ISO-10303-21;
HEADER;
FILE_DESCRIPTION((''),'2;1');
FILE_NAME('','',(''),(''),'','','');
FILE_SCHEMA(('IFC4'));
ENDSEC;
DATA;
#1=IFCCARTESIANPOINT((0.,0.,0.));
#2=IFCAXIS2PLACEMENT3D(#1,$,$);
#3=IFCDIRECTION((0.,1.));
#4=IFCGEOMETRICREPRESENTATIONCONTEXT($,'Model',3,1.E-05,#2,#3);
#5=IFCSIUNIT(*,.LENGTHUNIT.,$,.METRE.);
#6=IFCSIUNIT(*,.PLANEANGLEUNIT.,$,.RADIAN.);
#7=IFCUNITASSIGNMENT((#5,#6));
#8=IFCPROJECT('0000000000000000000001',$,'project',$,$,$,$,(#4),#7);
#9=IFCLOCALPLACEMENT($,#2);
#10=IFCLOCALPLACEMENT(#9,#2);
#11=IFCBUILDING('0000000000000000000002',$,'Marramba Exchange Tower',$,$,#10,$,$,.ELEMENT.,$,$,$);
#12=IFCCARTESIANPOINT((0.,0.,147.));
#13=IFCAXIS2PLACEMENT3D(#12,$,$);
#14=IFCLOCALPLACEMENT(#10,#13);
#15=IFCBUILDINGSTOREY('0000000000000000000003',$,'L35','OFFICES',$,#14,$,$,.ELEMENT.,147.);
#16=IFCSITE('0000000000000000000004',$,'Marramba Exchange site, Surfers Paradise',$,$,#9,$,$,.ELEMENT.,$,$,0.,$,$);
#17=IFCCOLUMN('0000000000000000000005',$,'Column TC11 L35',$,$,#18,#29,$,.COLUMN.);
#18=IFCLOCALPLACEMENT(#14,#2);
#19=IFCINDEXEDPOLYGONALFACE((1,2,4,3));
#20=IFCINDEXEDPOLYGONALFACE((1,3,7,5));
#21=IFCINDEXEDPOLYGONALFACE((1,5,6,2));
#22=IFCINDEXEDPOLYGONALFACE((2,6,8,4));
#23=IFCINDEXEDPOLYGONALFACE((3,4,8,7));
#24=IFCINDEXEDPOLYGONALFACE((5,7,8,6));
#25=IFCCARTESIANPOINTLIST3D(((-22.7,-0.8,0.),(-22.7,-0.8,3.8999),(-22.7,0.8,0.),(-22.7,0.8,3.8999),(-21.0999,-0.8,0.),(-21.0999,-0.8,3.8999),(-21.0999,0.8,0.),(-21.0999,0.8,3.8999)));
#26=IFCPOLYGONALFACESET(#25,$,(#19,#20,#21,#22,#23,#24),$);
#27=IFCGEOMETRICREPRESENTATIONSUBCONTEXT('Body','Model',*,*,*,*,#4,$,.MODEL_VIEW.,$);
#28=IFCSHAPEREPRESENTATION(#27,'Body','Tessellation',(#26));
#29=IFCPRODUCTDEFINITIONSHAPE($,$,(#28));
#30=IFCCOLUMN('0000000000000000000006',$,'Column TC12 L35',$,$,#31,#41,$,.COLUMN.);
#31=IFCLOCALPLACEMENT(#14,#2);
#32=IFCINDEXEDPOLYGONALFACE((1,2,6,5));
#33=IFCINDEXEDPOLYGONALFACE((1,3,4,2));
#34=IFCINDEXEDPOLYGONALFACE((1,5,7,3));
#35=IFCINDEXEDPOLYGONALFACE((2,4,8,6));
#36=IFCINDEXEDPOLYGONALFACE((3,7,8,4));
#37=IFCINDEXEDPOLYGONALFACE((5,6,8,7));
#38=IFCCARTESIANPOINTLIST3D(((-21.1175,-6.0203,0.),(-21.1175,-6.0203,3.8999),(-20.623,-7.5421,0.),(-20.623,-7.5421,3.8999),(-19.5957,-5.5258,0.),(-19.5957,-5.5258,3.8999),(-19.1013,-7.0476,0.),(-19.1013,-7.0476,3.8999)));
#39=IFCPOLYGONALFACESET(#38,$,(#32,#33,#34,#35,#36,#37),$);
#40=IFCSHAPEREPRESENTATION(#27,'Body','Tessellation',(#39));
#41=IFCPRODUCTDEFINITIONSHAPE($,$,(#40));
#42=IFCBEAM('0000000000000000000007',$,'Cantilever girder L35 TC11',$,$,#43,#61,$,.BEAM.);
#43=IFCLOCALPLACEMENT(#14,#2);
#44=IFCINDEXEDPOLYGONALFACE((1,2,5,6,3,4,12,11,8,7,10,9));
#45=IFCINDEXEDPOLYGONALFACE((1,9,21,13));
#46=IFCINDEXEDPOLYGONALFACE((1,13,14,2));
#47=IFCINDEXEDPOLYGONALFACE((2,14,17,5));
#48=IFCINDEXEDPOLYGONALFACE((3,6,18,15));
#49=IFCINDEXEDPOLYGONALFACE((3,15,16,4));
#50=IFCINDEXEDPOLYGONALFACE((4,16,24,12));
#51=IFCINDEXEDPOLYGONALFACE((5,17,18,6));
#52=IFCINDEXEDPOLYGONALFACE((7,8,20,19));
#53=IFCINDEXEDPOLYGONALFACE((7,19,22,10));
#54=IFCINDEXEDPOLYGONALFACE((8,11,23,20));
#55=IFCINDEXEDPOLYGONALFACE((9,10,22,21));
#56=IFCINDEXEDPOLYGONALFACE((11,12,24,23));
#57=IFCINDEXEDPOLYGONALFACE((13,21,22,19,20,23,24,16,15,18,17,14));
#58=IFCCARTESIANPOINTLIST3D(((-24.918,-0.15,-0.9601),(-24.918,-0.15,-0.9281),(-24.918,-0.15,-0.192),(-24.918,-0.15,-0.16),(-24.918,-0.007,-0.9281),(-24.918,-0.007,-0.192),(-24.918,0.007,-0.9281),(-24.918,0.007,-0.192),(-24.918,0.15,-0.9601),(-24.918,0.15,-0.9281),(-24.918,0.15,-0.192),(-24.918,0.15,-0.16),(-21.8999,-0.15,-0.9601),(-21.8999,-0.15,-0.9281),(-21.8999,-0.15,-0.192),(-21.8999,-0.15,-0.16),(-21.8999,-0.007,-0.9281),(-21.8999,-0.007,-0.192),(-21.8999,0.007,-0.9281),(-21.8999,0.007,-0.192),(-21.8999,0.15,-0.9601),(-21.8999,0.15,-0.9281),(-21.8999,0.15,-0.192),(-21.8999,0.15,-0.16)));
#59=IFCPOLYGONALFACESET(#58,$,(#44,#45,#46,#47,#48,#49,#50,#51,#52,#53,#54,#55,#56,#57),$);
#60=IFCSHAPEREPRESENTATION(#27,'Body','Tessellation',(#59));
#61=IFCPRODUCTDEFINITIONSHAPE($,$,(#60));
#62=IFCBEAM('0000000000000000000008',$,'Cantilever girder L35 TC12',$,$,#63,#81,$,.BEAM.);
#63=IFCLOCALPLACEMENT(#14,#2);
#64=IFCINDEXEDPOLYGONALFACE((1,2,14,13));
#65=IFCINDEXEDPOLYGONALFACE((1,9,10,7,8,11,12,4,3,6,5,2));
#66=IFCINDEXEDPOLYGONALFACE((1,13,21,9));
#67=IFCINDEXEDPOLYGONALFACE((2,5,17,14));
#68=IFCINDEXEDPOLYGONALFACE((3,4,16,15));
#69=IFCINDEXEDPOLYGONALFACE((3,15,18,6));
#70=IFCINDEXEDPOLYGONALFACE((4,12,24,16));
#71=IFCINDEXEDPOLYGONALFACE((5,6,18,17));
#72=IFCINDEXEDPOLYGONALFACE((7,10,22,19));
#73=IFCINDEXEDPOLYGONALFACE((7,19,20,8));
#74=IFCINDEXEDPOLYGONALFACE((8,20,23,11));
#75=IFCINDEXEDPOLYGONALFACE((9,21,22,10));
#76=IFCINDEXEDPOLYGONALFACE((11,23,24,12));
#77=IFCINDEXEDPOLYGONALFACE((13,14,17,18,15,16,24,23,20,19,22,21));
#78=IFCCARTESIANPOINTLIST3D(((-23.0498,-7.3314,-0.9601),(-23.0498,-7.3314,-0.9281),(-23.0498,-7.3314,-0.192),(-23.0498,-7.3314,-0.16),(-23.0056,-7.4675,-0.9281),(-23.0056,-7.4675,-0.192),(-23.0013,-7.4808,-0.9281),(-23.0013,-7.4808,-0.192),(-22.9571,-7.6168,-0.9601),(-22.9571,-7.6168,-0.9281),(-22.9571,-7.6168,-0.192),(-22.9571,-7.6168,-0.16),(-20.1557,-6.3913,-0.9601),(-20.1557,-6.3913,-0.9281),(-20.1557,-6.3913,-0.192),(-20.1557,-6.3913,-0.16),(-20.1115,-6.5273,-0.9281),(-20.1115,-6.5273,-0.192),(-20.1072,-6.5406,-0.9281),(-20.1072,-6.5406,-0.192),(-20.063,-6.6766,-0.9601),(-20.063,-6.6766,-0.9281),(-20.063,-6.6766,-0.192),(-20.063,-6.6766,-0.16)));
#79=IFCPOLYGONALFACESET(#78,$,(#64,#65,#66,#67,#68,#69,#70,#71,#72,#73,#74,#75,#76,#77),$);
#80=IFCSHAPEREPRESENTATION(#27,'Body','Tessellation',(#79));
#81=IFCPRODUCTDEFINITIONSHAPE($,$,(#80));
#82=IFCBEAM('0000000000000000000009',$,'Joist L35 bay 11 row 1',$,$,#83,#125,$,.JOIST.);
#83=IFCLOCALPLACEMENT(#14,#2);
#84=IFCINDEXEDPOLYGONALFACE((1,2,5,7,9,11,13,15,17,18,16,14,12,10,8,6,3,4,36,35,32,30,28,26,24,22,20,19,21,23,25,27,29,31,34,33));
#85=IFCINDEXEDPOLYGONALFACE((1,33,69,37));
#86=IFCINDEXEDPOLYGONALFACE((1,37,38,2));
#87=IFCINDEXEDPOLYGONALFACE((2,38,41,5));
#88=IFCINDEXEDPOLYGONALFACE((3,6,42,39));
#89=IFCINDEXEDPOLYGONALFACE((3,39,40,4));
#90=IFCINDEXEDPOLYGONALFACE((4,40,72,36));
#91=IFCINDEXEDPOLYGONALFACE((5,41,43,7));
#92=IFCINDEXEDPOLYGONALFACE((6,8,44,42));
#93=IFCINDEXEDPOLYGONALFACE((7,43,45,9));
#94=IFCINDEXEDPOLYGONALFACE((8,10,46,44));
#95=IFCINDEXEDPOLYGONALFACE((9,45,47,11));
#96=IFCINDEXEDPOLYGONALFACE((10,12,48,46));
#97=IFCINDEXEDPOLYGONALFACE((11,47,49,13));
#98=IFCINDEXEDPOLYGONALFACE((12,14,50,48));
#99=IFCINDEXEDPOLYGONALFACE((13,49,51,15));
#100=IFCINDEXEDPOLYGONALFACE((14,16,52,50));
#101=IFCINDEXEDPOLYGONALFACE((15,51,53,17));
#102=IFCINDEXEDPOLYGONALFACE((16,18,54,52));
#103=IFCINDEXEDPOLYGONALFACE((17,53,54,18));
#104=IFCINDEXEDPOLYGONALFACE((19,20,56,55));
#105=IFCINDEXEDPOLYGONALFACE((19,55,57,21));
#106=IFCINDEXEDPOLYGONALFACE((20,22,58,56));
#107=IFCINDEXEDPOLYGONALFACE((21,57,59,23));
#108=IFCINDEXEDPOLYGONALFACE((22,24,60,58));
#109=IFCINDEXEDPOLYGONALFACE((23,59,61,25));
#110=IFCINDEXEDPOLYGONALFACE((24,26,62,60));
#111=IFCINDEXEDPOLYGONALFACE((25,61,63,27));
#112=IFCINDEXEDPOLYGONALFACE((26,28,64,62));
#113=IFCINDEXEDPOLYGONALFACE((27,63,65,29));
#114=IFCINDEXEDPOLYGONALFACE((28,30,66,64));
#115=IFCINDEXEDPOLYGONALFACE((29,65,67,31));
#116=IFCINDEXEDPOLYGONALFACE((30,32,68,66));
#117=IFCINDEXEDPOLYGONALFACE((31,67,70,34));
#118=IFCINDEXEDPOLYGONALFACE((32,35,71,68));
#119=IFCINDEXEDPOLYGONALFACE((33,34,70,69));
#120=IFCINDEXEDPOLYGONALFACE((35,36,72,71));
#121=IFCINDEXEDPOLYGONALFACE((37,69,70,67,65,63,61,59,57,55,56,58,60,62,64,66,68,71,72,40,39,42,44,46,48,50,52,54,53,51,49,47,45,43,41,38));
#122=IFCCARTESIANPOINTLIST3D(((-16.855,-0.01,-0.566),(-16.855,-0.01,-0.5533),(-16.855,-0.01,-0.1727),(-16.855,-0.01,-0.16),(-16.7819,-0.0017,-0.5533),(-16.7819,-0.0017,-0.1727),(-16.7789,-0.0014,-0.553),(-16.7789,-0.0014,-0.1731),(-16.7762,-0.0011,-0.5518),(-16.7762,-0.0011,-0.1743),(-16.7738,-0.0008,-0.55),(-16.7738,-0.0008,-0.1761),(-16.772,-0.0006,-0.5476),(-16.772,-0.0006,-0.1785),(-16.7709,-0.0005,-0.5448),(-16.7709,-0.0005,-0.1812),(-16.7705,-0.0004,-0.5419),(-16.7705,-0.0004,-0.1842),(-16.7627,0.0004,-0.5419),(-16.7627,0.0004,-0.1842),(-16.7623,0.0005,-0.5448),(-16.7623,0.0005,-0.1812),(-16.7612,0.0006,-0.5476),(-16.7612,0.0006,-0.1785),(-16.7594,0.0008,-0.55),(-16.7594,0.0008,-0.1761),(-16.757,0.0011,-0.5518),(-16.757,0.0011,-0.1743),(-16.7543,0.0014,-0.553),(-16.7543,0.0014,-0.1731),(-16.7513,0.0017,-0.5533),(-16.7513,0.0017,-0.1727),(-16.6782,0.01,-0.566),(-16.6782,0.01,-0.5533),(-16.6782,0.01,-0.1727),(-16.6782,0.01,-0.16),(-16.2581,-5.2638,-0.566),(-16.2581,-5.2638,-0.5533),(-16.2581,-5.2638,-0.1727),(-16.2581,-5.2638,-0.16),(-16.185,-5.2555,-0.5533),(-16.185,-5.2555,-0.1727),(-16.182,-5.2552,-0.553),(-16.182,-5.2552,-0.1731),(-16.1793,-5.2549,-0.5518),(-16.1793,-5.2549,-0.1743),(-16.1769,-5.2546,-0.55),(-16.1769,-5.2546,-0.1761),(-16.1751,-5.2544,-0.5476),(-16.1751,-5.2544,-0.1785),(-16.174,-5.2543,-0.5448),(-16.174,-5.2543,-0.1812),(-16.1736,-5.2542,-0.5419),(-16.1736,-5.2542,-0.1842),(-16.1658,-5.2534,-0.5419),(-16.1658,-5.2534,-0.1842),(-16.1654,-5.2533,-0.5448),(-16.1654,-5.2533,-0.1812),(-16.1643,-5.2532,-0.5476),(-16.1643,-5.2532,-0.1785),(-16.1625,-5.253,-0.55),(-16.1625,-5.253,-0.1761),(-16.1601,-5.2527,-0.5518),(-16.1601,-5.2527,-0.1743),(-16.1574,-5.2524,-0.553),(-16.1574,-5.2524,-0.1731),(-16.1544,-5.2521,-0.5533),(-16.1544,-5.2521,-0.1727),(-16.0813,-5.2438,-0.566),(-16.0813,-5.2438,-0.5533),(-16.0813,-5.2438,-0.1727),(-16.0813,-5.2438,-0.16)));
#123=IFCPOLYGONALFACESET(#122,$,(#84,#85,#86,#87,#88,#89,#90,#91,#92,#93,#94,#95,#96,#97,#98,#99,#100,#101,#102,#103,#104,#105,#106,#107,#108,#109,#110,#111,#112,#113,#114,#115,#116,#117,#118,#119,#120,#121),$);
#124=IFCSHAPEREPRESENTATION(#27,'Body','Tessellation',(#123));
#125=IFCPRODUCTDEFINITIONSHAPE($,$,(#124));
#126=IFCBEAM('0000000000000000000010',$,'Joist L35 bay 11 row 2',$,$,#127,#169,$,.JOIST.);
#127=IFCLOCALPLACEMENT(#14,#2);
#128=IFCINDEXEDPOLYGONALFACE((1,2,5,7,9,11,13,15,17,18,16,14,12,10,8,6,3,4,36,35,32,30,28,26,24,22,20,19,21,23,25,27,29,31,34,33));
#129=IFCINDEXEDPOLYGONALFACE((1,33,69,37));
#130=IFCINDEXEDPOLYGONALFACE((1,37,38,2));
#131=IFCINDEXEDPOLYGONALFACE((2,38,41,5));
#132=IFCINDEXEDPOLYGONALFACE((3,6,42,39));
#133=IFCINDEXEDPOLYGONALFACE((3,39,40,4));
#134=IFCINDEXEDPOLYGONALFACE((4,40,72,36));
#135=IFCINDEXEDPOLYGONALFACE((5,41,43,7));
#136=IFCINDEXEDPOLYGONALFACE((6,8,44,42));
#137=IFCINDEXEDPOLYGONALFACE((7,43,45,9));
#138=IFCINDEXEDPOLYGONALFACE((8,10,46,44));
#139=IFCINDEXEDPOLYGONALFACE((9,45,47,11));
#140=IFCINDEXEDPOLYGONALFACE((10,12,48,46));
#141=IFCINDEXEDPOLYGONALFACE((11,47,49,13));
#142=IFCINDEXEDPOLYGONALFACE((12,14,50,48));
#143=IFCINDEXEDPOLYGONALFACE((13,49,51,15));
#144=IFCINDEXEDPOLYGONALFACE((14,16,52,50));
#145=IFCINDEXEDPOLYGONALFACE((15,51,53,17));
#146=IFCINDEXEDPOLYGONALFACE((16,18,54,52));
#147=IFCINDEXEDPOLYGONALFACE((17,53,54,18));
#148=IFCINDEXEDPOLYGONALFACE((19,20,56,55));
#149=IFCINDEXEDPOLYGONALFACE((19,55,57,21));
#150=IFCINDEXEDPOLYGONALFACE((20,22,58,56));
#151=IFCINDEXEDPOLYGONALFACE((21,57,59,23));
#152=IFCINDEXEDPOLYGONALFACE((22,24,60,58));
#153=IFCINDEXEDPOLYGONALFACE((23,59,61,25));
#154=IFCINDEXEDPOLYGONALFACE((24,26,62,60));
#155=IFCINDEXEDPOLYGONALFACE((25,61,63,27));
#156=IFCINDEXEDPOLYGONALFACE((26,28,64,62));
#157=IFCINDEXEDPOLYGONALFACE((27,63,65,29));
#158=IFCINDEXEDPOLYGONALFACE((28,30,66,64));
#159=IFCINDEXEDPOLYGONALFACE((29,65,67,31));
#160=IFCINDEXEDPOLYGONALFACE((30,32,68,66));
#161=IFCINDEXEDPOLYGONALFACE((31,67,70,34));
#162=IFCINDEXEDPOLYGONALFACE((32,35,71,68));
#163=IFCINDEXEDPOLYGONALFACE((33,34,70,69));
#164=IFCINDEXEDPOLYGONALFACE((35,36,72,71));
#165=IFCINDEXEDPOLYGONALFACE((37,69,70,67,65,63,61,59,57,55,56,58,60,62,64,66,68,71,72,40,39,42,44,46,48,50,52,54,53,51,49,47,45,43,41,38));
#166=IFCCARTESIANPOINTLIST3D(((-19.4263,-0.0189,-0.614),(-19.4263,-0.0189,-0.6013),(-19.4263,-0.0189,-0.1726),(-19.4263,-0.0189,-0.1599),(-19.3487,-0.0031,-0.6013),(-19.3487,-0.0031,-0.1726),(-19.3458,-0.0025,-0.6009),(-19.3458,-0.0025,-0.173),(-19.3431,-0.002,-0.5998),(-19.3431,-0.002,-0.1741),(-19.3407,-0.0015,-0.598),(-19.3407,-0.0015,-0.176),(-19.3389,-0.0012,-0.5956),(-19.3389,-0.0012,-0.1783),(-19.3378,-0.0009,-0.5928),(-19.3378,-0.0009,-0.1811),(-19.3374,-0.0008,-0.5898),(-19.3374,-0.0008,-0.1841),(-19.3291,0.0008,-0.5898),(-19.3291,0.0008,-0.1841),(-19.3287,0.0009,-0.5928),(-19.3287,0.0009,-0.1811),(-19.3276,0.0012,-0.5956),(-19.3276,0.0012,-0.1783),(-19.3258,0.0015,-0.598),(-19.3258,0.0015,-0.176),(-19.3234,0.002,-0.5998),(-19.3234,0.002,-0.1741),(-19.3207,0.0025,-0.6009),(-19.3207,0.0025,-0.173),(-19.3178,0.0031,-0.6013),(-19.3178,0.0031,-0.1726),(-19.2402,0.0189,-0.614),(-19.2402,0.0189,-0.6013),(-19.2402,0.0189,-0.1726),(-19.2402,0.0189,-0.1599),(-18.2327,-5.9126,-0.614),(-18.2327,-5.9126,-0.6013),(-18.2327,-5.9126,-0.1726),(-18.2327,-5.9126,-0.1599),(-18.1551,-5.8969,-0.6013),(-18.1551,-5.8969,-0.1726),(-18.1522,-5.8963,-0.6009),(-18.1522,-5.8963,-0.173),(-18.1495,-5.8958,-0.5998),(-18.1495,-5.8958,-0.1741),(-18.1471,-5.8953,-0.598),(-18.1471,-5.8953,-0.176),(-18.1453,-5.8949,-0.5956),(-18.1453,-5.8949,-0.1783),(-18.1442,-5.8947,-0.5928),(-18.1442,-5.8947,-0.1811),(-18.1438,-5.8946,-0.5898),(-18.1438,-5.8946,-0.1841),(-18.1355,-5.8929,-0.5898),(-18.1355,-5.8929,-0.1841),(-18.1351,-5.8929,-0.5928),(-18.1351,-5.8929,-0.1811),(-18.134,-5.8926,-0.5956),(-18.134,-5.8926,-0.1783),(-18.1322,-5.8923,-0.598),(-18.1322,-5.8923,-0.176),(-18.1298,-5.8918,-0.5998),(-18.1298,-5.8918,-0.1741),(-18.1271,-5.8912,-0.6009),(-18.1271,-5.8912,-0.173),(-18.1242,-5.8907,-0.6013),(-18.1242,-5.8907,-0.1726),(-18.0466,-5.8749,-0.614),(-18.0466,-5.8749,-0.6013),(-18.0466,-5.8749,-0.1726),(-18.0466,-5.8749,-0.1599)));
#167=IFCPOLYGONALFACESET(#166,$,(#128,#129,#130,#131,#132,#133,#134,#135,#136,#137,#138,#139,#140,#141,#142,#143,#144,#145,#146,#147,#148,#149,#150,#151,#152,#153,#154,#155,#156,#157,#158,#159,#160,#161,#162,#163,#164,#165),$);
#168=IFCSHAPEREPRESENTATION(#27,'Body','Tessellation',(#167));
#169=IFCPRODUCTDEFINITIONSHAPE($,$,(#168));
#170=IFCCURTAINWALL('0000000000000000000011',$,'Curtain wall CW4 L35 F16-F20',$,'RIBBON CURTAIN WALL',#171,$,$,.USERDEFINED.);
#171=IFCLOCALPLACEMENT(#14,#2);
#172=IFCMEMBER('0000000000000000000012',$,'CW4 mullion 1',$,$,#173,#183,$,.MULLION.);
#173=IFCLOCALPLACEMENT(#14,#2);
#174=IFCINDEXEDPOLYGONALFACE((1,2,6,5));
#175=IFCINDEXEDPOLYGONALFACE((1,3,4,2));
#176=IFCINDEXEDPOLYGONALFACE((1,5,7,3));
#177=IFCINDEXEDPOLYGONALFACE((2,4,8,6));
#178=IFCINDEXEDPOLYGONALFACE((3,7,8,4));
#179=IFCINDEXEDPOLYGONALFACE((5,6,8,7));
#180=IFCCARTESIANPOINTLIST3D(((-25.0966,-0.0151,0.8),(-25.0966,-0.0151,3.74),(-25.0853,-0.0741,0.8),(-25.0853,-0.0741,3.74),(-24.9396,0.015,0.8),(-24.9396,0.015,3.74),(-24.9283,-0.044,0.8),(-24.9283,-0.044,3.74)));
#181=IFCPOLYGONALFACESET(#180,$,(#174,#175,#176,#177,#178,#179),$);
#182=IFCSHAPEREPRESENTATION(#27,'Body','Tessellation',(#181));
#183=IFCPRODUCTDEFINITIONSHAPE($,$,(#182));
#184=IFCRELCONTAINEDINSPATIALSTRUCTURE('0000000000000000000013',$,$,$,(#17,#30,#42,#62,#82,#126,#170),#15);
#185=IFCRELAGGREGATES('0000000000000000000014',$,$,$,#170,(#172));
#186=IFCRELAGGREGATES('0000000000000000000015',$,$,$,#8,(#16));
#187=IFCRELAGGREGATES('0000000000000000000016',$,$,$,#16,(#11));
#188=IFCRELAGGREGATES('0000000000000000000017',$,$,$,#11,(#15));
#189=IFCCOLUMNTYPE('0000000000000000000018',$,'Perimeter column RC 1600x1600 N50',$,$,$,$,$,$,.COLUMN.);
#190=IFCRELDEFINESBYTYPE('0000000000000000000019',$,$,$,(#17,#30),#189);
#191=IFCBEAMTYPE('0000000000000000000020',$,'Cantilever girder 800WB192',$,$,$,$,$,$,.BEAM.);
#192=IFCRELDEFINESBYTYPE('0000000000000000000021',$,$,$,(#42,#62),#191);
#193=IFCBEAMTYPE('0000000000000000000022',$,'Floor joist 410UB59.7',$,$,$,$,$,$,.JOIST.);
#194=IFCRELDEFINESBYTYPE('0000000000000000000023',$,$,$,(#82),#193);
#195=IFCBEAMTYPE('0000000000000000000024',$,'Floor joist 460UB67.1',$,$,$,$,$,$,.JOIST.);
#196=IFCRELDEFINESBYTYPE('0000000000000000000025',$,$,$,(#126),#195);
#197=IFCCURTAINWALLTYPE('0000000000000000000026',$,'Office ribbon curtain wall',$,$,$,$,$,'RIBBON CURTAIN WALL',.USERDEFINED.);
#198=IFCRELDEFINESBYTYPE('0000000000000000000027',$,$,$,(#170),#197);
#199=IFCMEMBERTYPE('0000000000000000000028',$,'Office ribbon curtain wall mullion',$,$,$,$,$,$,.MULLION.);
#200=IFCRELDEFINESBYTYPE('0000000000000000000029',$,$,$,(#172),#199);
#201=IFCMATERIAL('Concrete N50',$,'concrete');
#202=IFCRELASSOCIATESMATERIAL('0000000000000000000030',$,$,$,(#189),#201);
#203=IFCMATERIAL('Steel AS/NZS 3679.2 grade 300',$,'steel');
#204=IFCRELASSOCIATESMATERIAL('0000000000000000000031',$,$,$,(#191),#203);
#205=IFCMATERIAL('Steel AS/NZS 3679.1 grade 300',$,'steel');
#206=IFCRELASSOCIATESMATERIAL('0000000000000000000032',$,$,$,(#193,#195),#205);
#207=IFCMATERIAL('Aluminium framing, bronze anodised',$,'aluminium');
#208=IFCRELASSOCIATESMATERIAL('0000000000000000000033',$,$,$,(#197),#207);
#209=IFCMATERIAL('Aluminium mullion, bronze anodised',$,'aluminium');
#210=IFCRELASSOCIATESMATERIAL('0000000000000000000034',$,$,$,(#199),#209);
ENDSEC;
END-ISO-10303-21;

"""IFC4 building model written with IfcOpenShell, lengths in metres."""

from ifc_helpers import new_model, si_unit, direction, frame, origin, origin_2d, place, context, subcontext, project, spatial, rectangle, i_section, extrude, material, material_profile, profile_set, type_object, element, aggregate, save


model = new_model("IFC4")

# Units and contexts
model_context = context("Model", 3, precision=1e-05, world=origin(), true_north=direction((0.0, 1.0)))
body_context = subcontext(model_context, "Body", "Model", "MODEL_VIEW")
ifc_project = project(units=[si_unit("LENGTHUNIT", "METRE"), si_unit("PLANEANGLEUNIT", "RADIAN")], contexts=[model_context])

# Site, building, storey
site_placement = place(None, origin())
site = spatial("IfcSite", under=ifc_project, at=site_placement, Name="Marramba Exchange site, Surfers Paradise", CompositionType="ELEMENT", RefElevation=0.0)
building_placement = place(site_placement, origin())
building = spatial("IfcBuilding", under=site, at=building_placement, Name="Marramba Exchange Tower", CompositionType="ELEMENT")
storey_placement = place(building_placement, frame((0.0, 0.0, 147.0)))
storey = spatial("IfcBuildingStorey", under=building, at=storey_placement, Name="L35", Description="OFFICES", CompositionType="ELEMENT", Elevation=147.0)

# Columns
ifc_material_1 = material(Name="Concrete N50", Category="concrete")
ifc_material_profile_1 = material_profile(ifc_material_1, rectangle(XDim=1.6001, YDim=1.6001, at=origin_2d()), Name="RC 1600x1600")
ifc_profile_set_1 = profile_set([ifc_material_profile_1], Name="Concrete N50")
column_type = type_object("IfcColumnType", Name="Perimeter column RC 1600x1600 N50", PredefinedType="COLUMN", material=ifc_profile_set_1)
for number, where, z_axis, x_axis, name in (
    (1, (-21.8999, 0.0, 0.0), (0.0, 0.0, 1.0), (-1.0, 0.0, 0.0), "Column TC11 L35"),
    (2, (-20.1094, -6.5339, 0.0), (0.0, 0.0, 1.0), (-0.951057, -0.309017, 0.0), "Column TC12 L35"),
):
    element("IfcColumn", number, at=place(storey_placement, frame(where, z_axis=z_axis, x_axis=x_axis)), inside=storey, type_object=column_type, Name=name, PredefinedType="COLUMN", context=body_context, shape_type="SweptSolid", body=[
        extrude(rectangle(XDim=1.6001, YDim=1.6001, at=origin_2d()), origin(), (0.0, 0.0, 1.0), 3.8999),
    ])

# Beams
ifc_material_2 = material(Name="Steel AS/NZS 3679.2 grade 300", Category="steel")
ifc_material_profile_2 = material_profile(ifc_material_2, i_section(OverallWidth=0.3, OverallDepth=0.8, WebThickness=0.0139, FlangeThickness=0.032, at=origin_2d()), Name="800WB192")
ifc_profile_set_2 = profile_set([ifc_material_profile_2], Name="Steel AS/NZS 3679.2 grade 300")
beam_type_1 = type_object("IfcBeamType", Name="Cantilever girder 800WB192", PredefinedType="BEAM", material=ifc_profile_set_2)
beam_1_placement = place(storey_placement, frame((-21.8999, 0.0, -0.5601), z_axis=(-1.0, 0.0, 0.0), x_axis=(0.0, -1.0, 0.0)))
element("IfcBeam", 3, at=beam_1_placement, inside=storey, type_object=beam_type_1, Name="Cantilever girder L35 TC11", PredefinedType="BEAM", context=body_context, shape_type="SweptSolid", body=[
    extrude(i_section(OverallWidth=0.3, OverallDepth=0.8, WebThickness=0.0139, FlangeThickness=0.032, at=origin_2d()), origin(), (0.0, 0.0, 1.0), 3.0181),
])
beam_2_placement = place(storey_placement, frame((-20.1094, -6.5339, -0.5601), z_axis=(-0.951071, -0.308974, 0.0), x_axis=(0.308974, -0.951071, 0.0)))
element("IfcBeam", 4, at=beam_2_placement, inside=storey, type_object=beam_type_1, Name="Cantilever girder L35 TC12", PredefinedType="BEAM", context=body_context, shape_type="SweptSolid", body=[
    extrude(i_section(OverallWidth=0.3, OverallDepth=0.8, WebThickness=0.0139, FlangeThickness=0.032, at=origin_2d()), origin(), (0.0, 0.0, 1.0), 3.043),
])
ifc_material_3 = material(Name="Steel AS/NZS 3679.1 grade 300", Category="steel")
ifc_material_profile_3 = material_profile(ifc_material_3, i_section(OverallWidth=0.178, OverallDepth=0.406, WebThickness=0.0078, FlangeThickness=0.0127, FilletRadius=0.0115, at=origin_2d()), Name="410UB59.7")
ifc_profile_set_3 = profile_set([ifc_material_profile_3], Name="Steel AS/NZS 3679.1 grade 300")
beam_type_2 = type_object("IfcBeamType", Name="Floor joist 410UB59.7", PredefinedType="JOIST", material=ifc_profile_set_3)
beam_3_placement = place(storey_placement, frame((-16.7666, 0.0, -0.363), z_axis=(0.112889, -0.993608, 0.0), x_axis=(0.993608, 0.112889, 0.0)))
element("IfcBeam", 5, at=beam_3_placement, inside=storey, type_object=beam_type_2, Name="Joist L35 bay 11 row 1", PredefinedType="JOIST", context=body_context, shape_type="SweptSolid", body=[
    extrude(i_section(OverallWidth=0.178, OverallDepth=0.406, WebThickness=0.0078, FlangeThickness=0.0127, FilletRadius=0.0115, at=origin_2d()), origin(), (0.0, 0.0, 1.0), 5.2876),
])
ifc_material_profile_4 = material_profile(ifc_material_3, i_section(OverallWidth=0.1899, OverallDepth=0.4541, WebThickness=0.0085, FlangeThickness=0.0127, FilletRadius=0.0115, at=origin_2d()), Name="460UB67.1")
ifc_profile_set_4 = profile_set([ifc_material_profile_4], Name="Steel AS/NZS 3679.1 grade 300")
beam_type_3 = type_object("IfcBeamType", Name="Floor joist 460UB67.1", PredefinedType="JOIST", material=ifc_profile_set_4)
beam_4_placement = place(storey_placement, frame((-19.3333, 0.0, -0.387), z_axis=(0.198489, -0.980103, 0.0), x_axis=(0.980103, 0.198489, 0.0)))
element("IfcBeam", 6, at=beam_4_placement, inside=storey, type_object=beam_type_3, Name="Joist L35 bay 11 row 2", PredefinedType="JOIST", context=body_context, shape_type="SweptSolid", body=[
    extrude(i_section(OverallWidth=0.1899, OverallDepth=0.4541, WebThickness=0.0085, FlangeThickness=0.0127, FilletRadius=0.0115, at=origin_2d()), origin(), (0.0, 0.0, 1.0), 6.0134),
])

# Curtain wall, member
ifc_material_4 = material(Name="Aluminium framing, bronze anodised", Category="aluminium")
curtain_wall_type = type_object("IfcCurtainWallType", Name="Office ribbon curtain wall", ElementType="RIBBON CURTAIN WALL", PredefinedType="USERDEFINED", material=ifc_material_4)
curtain_wall_placement = place(storey_placement, origin())
curtain_wall = element("IfcCurtainWall", 7, at=curtain_wall_placement, inside=storey, type_object=curtain_wall_type, Name="Curtain wall CW4 L35 F16-F20", ObjectType="RIBBON CURTAIN WALL", PredefinedType="USERDEFINED")
ifc_material_5 = material(Name="Aluminium mullion, bronze anodised", Category="aluminium")
ifc_material_profile_5 = material_profile(ifc_material_5, rectangle(XDim=0.1599, YDim=0.0601, at=origin_2d()), Name="CW4 mullion 60x160")
ifc_profile_set_5 = profile_set([ifc_material_profile_5], Name="Aluminium mullion, bronze anodised")
member_type_1 = type_object("IfcMemberType", Name="Office ribbon curtain wall mullion", PredefinedType="MULLION", material=ifc_profile_set_5)
member_1_placement = place(storey_placement, frame((-25.0125, -0.0295, 0.8), z_axis=(0.0, 0.0, 1.0), x_axis=(0.982126, 0.188227, 0.0)))
member_1 = element("IfcMember", 8, at=member_1_placement, type_object=member_type_1, Name="CW4 mullion 1", PredefinedType="MULLION", context=body_context, shape_type="SweptSolid", body=[
    extrude(rectangle(XDim=0.1599, YDim=0.0601, at=origin_2d()), origin(), (0.0, 0.0, 1.0), 2.9399),
])

aggregate(curtain_wall, [member_1])

save(model, "model.ifc")
